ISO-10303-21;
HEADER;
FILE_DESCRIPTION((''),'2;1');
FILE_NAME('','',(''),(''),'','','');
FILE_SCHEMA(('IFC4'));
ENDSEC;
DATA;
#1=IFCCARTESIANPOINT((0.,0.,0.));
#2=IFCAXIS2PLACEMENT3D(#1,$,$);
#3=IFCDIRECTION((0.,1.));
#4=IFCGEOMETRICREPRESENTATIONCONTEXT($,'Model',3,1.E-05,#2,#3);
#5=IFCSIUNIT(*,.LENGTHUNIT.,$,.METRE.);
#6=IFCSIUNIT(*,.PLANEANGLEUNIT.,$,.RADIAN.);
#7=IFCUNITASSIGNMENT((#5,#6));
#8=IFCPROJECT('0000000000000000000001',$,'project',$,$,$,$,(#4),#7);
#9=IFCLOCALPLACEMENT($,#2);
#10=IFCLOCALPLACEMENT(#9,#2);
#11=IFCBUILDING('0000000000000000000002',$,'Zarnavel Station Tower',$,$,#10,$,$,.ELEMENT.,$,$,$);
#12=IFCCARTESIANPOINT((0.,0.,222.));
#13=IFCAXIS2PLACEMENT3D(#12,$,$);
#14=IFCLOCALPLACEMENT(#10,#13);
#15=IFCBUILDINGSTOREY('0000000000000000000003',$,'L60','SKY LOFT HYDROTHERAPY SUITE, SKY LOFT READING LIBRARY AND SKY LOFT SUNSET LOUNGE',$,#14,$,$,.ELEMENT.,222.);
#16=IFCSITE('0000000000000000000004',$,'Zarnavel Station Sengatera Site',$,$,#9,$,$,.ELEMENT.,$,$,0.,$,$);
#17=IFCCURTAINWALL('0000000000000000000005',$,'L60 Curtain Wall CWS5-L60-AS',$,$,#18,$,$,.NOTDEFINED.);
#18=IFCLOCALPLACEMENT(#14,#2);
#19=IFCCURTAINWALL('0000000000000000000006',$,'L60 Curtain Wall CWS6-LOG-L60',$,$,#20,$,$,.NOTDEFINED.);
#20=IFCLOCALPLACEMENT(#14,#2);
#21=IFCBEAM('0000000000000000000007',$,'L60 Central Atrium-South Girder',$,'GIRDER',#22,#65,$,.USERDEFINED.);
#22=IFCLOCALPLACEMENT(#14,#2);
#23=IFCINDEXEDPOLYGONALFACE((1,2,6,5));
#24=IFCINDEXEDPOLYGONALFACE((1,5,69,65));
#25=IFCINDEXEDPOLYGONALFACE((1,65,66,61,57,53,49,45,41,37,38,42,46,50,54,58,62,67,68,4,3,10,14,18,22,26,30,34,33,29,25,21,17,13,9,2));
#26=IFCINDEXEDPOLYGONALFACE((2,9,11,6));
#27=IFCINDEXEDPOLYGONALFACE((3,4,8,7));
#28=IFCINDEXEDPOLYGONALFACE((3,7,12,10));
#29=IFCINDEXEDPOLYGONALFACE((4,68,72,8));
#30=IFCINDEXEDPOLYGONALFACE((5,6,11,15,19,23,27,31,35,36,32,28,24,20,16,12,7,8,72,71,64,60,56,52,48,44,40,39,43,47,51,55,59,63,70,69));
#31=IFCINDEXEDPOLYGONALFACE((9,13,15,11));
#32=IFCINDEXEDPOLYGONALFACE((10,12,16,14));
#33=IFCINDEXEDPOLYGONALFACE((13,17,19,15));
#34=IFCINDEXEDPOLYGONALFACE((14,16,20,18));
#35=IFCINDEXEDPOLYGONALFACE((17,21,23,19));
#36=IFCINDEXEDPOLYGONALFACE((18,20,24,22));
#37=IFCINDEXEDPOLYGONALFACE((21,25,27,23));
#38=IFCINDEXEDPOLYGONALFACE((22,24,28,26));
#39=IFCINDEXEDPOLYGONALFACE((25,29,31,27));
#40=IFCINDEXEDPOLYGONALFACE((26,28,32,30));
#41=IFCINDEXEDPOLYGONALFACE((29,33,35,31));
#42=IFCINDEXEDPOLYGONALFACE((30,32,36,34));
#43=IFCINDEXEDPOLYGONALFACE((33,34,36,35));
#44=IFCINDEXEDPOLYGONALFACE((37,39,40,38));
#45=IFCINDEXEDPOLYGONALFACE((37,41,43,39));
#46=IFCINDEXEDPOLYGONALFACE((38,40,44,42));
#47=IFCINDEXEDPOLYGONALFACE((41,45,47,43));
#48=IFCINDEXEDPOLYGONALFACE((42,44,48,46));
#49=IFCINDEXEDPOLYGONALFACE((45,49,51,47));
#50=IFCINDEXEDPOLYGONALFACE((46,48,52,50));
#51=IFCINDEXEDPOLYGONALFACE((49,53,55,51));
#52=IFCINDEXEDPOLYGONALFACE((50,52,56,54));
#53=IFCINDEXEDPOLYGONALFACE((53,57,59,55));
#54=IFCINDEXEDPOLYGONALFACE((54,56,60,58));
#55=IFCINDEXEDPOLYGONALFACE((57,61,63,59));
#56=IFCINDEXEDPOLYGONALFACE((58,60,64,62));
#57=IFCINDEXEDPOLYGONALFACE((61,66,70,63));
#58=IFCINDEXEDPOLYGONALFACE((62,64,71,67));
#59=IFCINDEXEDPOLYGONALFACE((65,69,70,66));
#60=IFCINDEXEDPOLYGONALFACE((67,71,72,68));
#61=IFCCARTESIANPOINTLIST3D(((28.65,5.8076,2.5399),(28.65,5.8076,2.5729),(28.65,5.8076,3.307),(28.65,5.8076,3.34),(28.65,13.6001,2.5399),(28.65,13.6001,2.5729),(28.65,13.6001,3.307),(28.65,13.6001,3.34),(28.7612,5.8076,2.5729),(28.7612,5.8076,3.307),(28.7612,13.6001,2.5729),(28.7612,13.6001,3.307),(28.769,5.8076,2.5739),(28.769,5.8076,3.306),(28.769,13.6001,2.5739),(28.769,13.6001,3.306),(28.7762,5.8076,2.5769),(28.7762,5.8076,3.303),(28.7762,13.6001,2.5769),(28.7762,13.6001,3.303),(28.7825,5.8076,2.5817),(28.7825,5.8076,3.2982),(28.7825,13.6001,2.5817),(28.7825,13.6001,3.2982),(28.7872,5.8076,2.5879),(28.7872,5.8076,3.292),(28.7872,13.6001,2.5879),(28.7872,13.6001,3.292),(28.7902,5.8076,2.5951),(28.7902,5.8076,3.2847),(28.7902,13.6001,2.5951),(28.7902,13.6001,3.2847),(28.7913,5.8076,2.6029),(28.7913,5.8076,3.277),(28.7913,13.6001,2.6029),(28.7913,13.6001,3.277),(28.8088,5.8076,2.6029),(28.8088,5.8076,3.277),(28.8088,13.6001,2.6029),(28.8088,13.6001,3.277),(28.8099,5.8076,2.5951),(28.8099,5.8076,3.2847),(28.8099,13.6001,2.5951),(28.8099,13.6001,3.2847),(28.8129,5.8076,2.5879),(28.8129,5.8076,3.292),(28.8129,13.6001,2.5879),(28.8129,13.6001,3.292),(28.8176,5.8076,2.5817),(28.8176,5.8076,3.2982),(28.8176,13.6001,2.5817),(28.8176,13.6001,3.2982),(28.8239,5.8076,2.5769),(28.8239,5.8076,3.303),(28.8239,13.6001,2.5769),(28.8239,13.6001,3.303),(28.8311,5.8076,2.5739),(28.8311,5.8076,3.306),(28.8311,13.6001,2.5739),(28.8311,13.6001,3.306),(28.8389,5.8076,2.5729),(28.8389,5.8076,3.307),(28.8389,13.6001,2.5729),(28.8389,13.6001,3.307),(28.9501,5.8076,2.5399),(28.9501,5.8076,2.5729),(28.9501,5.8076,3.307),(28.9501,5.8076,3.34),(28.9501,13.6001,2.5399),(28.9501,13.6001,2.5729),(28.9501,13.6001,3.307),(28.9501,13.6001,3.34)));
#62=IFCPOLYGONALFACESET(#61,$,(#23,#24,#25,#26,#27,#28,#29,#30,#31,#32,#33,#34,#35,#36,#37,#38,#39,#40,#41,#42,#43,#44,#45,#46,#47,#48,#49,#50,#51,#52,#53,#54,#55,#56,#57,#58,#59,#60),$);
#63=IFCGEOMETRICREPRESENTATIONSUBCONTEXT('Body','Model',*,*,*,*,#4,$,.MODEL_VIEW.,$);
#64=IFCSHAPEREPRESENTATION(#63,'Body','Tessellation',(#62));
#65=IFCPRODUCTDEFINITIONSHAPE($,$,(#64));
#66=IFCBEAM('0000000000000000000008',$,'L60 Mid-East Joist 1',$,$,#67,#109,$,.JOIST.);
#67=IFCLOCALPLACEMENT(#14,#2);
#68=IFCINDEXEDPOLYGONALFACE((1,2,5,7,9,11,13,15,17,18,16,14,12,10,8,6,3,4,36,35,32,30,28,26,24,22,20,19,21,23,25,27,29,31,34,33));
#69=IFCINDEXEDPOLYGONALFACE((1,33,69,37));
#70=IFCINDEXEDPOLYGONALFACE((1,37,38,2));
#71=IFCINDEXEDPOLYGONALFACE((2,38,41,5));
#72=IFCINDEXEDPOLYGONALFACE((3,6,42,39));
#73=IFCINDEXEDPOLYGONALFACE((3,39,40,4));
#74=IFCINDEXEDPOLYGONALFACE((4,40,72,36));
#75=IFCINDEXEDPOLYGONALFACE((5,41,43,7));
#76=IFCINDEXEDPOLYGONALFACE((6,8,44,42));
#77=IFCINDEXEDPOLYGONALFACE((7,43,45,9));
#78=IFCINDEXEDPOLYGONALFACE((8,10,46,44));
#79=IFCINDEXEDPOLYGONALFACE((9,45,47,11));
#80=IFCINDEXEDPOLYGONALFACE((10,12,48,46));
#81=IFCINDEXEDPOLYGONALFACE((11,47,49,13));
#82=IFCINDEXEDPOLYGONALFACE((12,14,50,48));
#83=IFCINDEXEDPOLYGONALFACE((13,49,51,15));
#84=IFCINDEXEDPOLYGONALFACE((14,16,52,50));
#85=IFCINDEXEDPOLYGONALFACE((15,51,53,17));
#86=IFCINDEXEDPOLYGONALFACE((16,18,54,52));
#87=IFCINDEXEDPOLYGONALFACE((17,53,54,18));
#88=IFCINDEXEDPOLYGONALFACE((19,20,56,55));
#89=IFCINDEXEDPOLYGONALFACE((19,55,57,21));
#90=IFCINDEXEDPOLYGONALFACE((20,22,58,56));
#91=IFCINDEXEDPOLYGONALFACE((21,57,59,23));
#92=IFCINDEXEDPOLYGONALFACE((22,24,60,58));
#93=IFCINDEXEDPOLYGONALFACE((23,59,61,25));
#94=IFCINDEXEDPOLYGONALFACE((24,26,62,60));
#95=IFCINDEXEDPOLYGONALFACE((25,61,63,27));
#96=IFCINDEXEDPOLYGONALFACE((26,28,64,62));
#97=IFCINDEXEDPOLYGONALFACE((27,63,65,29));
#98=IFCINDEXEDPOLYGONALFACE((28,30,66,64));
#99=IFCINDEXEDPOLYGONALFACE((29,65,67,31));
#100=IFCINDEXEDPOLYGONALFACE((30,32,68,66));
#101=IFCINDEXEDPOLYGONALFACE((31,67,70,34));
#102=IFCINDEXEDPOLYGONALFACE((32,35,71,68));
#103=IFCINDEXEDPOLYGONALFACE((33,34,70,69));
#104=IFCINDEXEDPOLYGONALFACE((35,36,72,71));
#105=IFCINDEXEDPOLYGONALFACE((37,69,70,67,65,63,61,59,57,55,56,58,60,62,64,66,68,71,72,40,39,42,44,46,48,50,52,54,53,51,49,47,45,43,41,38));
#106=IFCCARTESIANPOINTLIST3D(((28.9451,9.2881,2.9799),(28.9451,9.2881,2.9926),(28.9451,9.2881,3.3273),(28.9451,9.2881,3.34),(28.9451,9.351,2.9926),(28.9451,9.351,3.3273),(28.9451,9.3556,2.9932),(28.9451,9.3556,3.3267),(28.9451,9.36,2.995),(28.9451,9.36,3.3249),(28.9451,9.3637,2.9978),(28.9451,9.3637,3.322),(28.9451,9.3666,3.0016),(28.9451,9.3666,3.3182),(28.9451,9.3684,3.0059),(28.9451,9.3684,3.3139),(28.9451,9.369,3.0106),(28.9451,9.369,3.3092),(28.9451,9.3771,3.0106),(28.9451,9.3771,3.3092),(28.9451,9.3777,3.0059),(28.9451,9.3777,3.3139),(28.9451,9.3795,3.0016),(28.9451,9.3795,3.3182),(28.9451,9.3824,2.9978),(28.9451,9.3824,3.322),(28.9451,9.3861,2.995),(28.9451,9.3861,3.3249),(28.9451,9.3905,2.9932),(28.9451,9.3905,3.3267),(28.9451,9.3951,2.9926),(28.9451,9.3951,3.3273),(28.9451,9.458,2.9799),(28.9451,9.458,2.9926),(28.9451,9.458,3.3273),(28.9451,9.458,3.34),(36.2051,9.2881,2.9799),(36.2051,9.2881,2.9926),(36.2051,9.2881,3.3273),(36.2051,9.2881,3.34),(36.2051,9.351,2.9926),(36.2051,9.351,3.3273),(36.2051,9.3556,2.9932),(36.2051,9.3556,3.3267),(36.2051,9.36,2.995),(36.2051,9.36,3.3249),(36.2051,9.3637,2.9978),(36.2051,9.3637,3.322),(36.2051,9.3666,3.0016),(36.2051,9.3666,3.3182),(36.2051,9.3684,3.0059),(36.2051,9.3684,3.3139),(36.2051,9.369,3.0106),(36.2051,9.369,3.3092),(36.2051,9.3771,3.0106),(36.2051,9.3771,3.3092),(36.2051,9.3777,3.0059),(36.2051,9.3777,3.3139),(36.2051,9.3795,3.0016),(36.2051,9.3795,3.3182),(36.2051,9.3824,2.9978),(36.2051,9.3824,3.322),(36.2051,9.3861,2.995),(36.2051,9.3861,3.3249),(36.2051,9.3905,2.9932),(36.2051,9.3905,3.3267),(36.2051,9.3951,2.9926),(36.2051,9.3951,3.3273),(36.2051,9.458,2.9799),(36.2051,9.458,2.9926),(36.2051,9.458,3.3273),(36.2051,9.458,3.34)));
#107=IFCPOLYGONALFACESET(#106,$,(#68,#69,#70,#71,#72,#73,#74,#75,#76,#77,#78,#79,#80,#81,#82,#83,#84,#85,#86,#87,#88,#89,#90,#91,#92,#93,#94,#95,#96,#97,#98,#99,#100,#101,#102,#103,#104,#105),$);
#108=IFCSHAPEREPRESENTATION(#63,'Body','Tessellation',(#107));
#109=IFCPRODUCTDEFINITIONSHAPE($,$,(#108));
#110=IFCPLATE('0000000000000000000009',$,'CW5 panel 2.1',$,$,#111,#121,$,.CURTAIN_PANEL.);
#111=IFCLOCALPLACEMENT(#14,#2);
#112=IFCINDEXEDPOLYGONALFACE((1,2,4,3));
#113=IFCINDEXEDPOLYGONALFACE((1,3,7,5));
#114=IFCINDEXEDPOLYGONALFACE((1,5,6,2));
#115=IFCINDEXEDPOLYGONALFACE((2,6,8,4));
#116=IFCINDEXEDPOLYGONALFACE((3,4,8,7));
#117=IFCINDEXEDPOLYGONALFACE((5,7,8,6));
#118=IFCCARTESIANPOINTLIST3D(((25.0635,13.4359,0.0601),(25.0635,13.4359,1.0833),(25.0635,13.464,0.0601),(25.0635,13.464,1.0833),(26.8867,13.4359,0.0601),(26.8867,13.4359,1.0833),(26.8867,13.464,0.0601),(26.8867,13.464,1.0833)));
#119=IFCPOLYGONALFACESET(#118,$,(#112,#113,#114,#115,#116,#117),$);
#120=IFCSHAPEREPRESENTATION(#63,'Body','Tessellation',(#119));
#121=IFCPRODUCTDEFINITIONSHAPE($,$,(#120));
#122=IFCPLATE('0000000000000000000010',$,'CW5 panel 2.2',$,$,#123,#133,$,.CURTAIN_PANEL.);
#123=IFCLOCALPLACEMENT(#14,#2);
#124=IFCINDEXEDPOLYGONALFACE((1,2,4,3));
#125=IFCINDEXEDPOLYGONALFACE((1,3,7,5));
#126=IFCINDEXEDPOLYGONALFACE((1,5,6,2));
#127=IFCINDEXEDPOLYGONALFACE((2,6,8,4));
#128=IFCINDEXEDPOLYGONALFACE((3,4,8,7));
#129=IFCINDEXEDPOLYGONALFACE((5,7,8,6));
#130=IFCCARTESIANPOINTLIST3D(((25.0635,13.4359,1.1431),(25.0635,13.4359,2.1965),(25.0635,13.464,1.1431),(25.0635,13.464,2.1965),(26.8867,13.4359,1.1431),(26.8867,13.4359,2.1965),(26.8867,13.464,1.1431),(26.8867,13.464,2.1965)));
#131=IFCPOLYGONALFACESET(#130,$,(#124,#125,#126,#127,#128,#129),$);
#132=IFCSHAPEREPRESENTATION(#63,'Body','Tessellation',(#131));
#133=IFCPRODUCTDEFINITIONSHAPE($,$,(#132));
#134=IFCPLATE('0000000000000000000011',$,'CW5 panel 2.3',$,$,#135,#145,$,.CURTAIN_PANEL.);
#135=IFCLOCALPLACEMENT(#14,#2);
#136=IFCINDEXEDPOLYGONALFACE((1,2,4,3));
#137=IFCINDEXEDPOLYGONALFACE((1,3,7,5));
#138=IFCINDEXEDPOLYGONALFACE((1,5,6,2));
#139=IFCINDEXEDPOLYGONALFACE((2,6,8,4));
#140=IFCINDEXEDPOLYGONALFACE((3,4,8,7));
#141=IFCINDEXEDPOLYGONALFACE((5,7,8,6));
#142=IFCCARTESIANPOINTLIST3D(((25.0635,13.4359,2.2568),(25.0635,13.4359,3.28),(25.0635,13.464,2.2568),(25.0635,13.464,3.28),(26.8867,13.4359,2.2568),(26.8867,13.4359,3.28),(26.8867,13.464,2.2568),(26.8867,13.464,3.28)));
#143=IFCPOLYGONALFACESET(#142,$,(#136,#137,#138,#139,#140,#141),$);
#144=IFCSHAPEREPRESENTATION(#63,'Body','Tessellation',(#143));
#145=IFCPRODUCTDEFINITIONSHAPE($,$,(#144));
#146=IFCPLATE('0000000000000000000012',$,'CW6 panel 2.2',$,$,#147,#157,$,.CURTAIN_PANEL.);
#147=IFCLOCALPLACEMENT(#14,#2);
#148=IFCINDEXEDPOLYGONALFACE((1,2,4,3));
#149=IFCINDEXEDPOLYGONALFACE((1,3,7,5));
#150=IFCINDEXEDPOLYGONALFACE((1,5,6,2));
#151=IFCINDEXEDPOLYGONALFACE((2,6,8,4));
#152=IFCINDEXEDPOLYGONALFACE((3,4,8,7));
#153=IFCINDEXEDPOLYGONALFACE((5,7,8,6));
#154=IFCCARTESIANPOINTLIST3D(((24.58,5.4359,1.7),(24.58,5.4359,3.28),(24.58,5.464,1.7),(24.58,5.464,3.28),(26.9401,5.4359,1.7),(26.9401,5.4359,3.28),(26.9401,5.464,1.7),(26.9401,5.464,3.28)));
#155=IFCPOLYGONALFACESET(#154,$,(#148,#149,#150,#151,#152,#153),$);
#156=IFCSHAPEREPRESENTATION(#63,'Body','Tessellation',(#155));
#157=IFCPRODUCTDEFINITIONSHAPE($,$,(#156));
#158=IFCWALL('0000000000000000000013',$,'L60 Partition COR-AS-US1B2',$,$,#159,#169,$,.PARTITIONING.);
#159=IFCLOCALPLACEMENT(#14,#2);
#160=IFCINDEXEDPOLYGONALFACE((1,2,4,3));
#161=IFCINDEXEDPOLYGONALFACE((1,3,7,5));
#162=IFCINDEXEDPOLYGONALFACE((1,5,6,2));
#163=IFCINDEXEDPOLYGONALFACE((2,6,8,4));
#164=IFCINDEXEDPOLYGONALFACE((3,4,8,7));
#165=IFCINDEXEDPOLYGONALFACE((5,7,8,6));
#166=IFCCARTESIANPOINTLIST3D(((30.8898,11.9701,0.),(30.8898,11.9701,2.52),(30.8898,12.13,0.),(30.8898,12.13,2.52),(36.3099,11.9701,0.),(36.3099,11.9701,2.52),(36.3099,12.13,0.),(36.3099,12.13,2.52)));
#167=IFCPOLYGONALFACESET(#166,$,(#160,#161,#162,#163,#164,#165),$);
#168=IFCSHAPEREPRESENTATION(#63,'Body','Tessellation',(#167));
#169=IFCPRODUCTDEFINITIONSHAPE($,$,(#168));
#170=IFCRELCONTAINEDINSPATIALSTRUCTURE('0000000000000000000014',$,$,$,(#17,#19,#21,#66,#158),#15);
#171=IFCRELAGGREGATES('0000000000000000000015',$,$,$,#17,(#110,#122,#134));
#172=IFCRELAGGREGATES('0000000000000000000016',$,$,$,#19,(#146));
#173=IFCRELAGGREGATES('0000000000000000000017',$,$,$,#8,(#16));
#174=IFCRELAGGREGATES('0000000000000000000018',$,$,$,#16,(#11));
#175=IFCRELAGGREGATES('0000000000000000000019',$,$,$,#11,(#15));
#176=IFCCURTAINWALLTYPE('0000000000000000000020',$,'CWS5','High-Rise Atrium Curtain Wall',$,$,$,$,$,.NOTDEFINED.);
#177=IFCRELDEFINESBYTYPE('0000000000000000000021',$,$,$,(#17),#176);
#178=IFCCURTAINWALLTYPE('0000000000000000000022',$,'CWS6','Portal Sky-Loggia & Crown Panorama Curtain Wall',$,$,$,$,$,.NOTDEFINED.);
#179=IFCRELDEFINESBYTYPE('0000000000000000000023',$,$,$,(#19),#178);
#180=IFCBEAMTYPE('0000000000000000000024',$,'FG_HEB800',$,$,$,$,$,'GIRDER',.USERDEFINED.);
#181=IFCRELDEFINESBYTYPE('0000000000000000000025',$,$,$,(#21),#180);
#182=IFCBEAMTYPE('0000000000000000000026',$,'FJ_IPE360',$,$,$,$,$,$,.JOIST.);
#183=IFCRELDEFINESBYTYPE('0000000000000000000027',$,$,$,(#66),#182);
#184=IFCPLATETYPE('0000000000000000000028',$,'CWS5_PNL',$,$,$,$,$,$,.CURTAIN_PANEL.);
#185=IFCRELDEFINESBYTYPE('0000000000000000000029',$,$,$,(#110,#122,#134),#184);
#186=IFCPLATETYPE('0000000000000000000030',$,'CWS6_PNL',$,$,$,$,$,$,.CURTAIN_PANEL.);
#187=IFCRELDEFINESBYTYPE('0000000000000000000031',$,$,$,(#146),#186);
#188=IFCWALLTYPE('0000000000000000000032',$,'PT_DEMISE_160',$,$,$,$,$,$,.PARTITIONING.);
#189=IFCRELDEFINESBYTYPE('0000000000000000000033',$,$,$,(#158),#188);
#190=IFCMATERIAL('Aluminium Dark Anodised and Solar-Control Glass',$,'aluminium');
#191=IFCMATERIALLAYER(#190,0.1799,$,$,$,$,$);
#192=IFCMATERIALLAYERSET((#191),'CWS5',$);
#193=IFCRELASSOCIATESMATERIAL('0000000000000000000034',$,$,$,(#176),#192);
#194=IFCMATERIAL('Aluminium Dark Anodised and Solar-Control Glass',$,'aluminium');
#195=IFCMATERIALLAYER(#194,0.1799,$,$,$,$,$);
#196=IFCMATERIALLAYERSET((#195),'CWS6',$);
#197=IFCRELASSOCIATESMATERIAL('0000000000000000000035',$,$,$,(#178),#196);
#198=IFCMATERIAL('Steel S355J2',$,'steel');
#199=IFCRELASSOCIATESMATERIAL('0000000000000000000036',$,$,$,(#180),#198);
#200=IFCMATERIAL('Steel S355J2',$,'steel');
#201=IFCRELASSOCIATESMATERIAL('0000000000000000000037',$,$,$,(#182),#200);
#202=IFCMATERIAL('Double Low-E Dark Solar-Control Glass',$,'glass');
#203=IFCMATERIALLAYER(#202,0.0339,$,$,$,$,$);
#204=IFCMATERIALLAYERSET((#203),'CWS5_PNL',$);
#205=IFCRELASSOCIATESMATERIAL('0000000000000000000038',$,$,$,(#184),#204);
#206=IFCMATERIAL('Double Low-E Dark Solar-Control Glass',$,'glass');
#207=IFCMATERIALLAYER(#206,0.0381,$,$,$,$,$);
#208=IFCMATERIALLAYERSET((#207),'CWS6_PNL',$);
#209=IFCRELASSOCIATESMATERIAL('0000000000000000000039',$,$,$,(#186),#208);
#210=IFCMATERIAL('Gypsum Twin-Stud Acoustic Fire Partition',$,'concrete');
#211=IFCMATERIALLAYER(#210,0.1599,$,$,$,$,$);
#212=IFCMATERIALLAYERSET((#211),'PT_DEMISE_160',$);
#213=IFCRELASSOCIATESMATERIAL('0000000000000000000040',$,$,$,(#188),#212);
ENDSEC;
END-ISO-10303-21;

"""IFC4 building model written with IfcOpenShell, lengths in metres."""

from ifc_helpers import new_model, si_unit, direction, frame, frame_2d, origin, origin_2d, place, context, subcontext, project, spatial, rectangle, i_section, extrude, material, layer, layer_set, material_profile, profile_set, type_object, element, aggregate, save


model = new_model("IFC4")

# Units and contexts
model_context = context("Model", 3, precision=1e-05, world=origin(), true_north=direction((0.0, 1.0)))
body_context = subcontext(model_context, "Body", "Model", "MODEL_VIEW")
ifc_project = project(units=[si_unit("LENGTHUNIT", "METRE"), si_unit("PLANEANGLEUNIT", "RADIAN")], contexts=[model_context])

# Site, building, storey
site_placement = place(None, origin())
site = spatial("IfcSite", under=ifc_project, at=site_placement, Name="Zarnavel Station Sengatera Site", CompositionType="ELEMENT", RefElevation=0.0)
building_placement = place(site_placement, origin())
building = spatial("IfcBuilding", under=site, at=building_placement, Name="Zarnavel Station Tower", CompositionType="ELEMENT")
storey_placement = place(building_placement, frame((0.0, 0.0, 222.0)))
storey = spatial("IfcBuildingStorey", under=building, at=storey_placement, Name="L60", Description="SKY LOFT HYDROTHERAPY SUITE, SKY LOFT READING LIBRARY AND SKY LOFT SUNSET LOUNGE", CompositionType="ELEMENT", Elevation=222.0)

# Curtain wall
ifc_material_1 = material(Name="Aluminium Dark Anodised and Solar-Control Glass", Category="aluminium")
ifc_layer_1 = layer(ifc_material_1, 0.1799)
ifc_layer_set_1 = layer_set([ifc_layer_1], Name="CWS5")
curtain_wall_type_1 = type_object("IfcCurtainWallType", Name="CWS5", Description="High-Rise Atrium Curtain Wall", PredefinedType="NOTDEFINED", material=ifc_layer_set_1)
curtain_wall_1_placement = place(storey_placement, origin())
curtain_wall_1 = element("IfcCurtainWall", 1, at=curtain_wall_1_placement, inside=storey, type_object=curtain_wall_type_1, Name="L60 Curtain Wall CWS5-L60-AS", PredefinedType="NOTDEFINED")

# Curtain wall
ifc_material_2 = material(Name="Aluminium Dark Anodised and Solar-Control Glass", Category="aluminium")
ifc_layer_2 = layer(ifc_material_2, 0.1799)
ifc_layer_set_2 = layer_set([ifc_layer_2], Name="CWS6")
curtain_wall_type_2 = type_object("IfcCurtainWallType", Name="CWS6", Description="Portal Sky-Loggia & Crown Panorama Curtain Wall", PredefinedType="NOTDEFINED", material=ifc_layer_set_2)
curtain_wall_2_placement = place(storey_placement, origin())
curtain_wall_2 = element("IfcCurtainWall", 2, at=curtain_wall_2_placement, inside=storey, type_object=curtain_wall_type_2, Name="L60 Curtain Wall CWS6-LOG-L60", PredefinedType="NOTDEFINED")

# Beams
ifc_material_3 = material(Name="Steel S355J2", Category="steel")
ifc_material_profile_1 = material_profile(ifc_material_3, i_section(OverallWidth=0.3, OverallDepth=0.8, WebThickness=0.0176, FlangeThickness=0.033, FilletRadius=0.03, at=origin_2d()), Name="HEB800")
ifc_profile_set_1 = profile_set([ifc_material_profile_1], Name="Steel S355J2")
beam_type_1 = type_object("IfcBeamType", Name="FG_HEB800", ElementType="GIRDER", PredefinedType="USERDEFINED", material=ifc_profile_set_1)
beam_1_placement = place(storey_placement, frame((28.8, 5.8076, 2.9399), z_axis=(0.0, 1.0, 0.0), x_axis=(-1.0, 0.0, 0.0)))
element("IfcBeam", 3, at=beam_1_placement, inside=storey, type_object=beam_type_1, Name="L60 Central Atrium-South Girder", ObjectType="GIRDER", PredefinedType="USERDEFINED", context=body_context, shape_type="SweptSolid", body=[
    extrude(i_section(OverallWidth=0.3, OverallDepth=0.8, WebThickness=0.0176, FlangeThickness=0.033, FilletRadius=0.03, at=origin_2d()), origin(), (0.0, 0.0, 1.0), 7.7925),
])
ifc_material_4 = material(Name="Steel S355J2", Category="steel")
ifc_material_profile_2 = material_profile(ifc_material_4, i_section(OverallWidth=0.1699, OverallDepth=0.3601, WebThickness=0.0081, FlangeThickness=0.0127, FilletRadius=0.0181, at=origin_2d()), Name="IPE360")
ifc_profile_set_2 = profile_set([ifc_material_profile_2], Name="Steel S355J2")
beam_type_2 = type_object("IfcBeamType", Name="FJ_IPE360", PredefinedType="JOIST", material=ifc_profile_set_2)
beam_2_placement = place(storey_placement, frame((28.9451, 9.373, 3.1599), z_axis=(1.0, 0.0, 0.0), x_axis=(0.0, 1.0, 0.0)))
element("IfcBeam", 4, at=beam_2_placement, inside=storey, type_object=beam_type_2, Name="L60 Mid-East Joist 1", PredefinedType="JOIST", context=body_context, shape_type="SweptSolid", body=[
    extrude(i_section(OverallWidth=0.1699, OverallDepth=0.3601, WebThickness=0.0081, FlangeThickness=0.0127, FilletRadius=0.0181, at=origin_2d()), origin(), (0.0, 0.0, 1.0), 7.26),
])

# Plates
ifc_material_5 = material(Name="Double Low-E Dark Solar-Control Glass", Category="glass")
ifc_layer_3 = layer(ifc_material_5, 0.0339)
ifc_layer_set_3 = layer_set([ifc_layer_3], Name="CWS5_PNL")
plate_type_1 = type_object("IfcPlateType", Name="CWS5_PNL", PredefinedType="CURTAIN_PANEL", material=ifc_layer_set_3)
plate_1_placement = place(storey_placement, frame((25.9751, 13.45, 0.0601), z_axis=(0.0, 0.0, 1.0), x_axis=(1.0, 0.0, 0.0)))
plate_1 = element("IfcPlate", 5, at=plate_1_placement, type_object=plate_type_1, Name="CW5 panel 2.1", PredefinedType="CURTAIN_PANEL", context=body_context, shape_type="SweptSolid", body=[
    extrude(rectangle(XDim=1.8232, YDim=0.0281, at=origin_2d()), origin(), (0.0, 0.0, 1.0), 1.0232),
])
plate_2_placement = place(storey_placement, frame((25.9751, 13.45, 1.1431), z_axis=(0.0, 0.0, 1.0), x_axis=(1.0, 0.0, 0.0)))
plate_2 = element("IfcPlate", 6, at=plate_2_placement, type_object=plate_type_1, Name="CW5 panel 2.2", PredefinedType="CURTAIN_PANEL", context=body_context, shape_type="SweptSolid", body=[
    extrude(rectangle(XDim=1.8232, YDim=0.0281, at=origin_2d()), origin(), (0.0, 0.0, 1.0), 1.0535),
])
plate_3_placement = place(storey_placement, frame((25.9751, 13.45, 2.2568), z_axis=(0.0, 0.0, 1.0), x_axis=(1.0, 0.0, 0.0)))
plate_3 = element("IfcPlate", 7, at=plate_3_placement, type_object=plate_type_1, Name="CW5 panel 2.3", PredefinedType="CURTAIN_PANEL", context=body_context, shape_type="SweptSolid", body=[
    extrude(rectangle(XDim=1.8232, YDim=0.0281, at=origin_2d()), origin(), (0.0, 0.0, 1.0), 1.0232),
])
aggregate(curtain_wall_1, [plate_1, plate_2, plate_3])
ifc_material_6 = material(Name="Double Low-E Dark Solar-Control Glass", Category="glass")
ifc_layer_4 = layer(ifc_material_6, 0.0381)
ifc_layer_set_4 = layer_set([ifc_layer_4], Name="CWS6_PNL")
plate_type_2 = type_object("IfcPlateType", Name="CWS6_PNL", PredefinedType="CURTAIN_PANEL", material=ifc_layer_set_4)
plate_4_placement = place(storey_placement, frame((25.76, 5.45, 1.7), z_axis=(0.0, 0.0, 1.0), x_axis=(1.0, 0.0, 0.0)))
plate_4 = element("IfcPlate", 8, at=plate_4_placement, type_object=plate_type_2, Name="CW6 panel 2.2", PredefinedType="CURTAIN_PANEL", context=body_context, shape_type="SweptSolid", body=[
    extrude(rectangle(XDim=2.3601, YDim=0.0281, at=origin_2d()), origin(), (0.0, 0.0, 1.0), 1.5801),
])
aggregate(curtain_wall_2, [plate_4])

# Wall
ifc_material_7 = material(Name="Gypsum Twin-Stud Acoustic Fire Partition", Category="concrete")
ifc_layer_5 = layer(ifc_material_7, 0.1599)
ifc_layer_set_5 = layer_set([ifc_layer_5], Name="PT_DEMISE_160")
wall_type_1 = type_object("IfcWallType", Name="PT_DEMISE_160", PredefinedType="PARTITIONING", material=ifc_layer_set_5)
wall_1_placement = place(storey_placement, frame((30.8899, 12.05, 0.0), z_axis=(0.0, 0.0, 1.0), x_axis=(1.0, 0.0, 0.0)))
element("IfcWall", 9, at=wall_1_placement, inside=storey, type_object=wall_type_1, Name="L60 Partition COR-AS-US1B2", PredefinedType="PARTITIONING", context=body_context, shape_type="SweptSolid", body=[
    extrude(rectangle(XDim=5.4202, YDim=0.1599, at=frame_2d((2.71, 0.0))), origin(), (0.0, 0.0, 1.0), 2.52),
])

save(model, "model.ifc")
